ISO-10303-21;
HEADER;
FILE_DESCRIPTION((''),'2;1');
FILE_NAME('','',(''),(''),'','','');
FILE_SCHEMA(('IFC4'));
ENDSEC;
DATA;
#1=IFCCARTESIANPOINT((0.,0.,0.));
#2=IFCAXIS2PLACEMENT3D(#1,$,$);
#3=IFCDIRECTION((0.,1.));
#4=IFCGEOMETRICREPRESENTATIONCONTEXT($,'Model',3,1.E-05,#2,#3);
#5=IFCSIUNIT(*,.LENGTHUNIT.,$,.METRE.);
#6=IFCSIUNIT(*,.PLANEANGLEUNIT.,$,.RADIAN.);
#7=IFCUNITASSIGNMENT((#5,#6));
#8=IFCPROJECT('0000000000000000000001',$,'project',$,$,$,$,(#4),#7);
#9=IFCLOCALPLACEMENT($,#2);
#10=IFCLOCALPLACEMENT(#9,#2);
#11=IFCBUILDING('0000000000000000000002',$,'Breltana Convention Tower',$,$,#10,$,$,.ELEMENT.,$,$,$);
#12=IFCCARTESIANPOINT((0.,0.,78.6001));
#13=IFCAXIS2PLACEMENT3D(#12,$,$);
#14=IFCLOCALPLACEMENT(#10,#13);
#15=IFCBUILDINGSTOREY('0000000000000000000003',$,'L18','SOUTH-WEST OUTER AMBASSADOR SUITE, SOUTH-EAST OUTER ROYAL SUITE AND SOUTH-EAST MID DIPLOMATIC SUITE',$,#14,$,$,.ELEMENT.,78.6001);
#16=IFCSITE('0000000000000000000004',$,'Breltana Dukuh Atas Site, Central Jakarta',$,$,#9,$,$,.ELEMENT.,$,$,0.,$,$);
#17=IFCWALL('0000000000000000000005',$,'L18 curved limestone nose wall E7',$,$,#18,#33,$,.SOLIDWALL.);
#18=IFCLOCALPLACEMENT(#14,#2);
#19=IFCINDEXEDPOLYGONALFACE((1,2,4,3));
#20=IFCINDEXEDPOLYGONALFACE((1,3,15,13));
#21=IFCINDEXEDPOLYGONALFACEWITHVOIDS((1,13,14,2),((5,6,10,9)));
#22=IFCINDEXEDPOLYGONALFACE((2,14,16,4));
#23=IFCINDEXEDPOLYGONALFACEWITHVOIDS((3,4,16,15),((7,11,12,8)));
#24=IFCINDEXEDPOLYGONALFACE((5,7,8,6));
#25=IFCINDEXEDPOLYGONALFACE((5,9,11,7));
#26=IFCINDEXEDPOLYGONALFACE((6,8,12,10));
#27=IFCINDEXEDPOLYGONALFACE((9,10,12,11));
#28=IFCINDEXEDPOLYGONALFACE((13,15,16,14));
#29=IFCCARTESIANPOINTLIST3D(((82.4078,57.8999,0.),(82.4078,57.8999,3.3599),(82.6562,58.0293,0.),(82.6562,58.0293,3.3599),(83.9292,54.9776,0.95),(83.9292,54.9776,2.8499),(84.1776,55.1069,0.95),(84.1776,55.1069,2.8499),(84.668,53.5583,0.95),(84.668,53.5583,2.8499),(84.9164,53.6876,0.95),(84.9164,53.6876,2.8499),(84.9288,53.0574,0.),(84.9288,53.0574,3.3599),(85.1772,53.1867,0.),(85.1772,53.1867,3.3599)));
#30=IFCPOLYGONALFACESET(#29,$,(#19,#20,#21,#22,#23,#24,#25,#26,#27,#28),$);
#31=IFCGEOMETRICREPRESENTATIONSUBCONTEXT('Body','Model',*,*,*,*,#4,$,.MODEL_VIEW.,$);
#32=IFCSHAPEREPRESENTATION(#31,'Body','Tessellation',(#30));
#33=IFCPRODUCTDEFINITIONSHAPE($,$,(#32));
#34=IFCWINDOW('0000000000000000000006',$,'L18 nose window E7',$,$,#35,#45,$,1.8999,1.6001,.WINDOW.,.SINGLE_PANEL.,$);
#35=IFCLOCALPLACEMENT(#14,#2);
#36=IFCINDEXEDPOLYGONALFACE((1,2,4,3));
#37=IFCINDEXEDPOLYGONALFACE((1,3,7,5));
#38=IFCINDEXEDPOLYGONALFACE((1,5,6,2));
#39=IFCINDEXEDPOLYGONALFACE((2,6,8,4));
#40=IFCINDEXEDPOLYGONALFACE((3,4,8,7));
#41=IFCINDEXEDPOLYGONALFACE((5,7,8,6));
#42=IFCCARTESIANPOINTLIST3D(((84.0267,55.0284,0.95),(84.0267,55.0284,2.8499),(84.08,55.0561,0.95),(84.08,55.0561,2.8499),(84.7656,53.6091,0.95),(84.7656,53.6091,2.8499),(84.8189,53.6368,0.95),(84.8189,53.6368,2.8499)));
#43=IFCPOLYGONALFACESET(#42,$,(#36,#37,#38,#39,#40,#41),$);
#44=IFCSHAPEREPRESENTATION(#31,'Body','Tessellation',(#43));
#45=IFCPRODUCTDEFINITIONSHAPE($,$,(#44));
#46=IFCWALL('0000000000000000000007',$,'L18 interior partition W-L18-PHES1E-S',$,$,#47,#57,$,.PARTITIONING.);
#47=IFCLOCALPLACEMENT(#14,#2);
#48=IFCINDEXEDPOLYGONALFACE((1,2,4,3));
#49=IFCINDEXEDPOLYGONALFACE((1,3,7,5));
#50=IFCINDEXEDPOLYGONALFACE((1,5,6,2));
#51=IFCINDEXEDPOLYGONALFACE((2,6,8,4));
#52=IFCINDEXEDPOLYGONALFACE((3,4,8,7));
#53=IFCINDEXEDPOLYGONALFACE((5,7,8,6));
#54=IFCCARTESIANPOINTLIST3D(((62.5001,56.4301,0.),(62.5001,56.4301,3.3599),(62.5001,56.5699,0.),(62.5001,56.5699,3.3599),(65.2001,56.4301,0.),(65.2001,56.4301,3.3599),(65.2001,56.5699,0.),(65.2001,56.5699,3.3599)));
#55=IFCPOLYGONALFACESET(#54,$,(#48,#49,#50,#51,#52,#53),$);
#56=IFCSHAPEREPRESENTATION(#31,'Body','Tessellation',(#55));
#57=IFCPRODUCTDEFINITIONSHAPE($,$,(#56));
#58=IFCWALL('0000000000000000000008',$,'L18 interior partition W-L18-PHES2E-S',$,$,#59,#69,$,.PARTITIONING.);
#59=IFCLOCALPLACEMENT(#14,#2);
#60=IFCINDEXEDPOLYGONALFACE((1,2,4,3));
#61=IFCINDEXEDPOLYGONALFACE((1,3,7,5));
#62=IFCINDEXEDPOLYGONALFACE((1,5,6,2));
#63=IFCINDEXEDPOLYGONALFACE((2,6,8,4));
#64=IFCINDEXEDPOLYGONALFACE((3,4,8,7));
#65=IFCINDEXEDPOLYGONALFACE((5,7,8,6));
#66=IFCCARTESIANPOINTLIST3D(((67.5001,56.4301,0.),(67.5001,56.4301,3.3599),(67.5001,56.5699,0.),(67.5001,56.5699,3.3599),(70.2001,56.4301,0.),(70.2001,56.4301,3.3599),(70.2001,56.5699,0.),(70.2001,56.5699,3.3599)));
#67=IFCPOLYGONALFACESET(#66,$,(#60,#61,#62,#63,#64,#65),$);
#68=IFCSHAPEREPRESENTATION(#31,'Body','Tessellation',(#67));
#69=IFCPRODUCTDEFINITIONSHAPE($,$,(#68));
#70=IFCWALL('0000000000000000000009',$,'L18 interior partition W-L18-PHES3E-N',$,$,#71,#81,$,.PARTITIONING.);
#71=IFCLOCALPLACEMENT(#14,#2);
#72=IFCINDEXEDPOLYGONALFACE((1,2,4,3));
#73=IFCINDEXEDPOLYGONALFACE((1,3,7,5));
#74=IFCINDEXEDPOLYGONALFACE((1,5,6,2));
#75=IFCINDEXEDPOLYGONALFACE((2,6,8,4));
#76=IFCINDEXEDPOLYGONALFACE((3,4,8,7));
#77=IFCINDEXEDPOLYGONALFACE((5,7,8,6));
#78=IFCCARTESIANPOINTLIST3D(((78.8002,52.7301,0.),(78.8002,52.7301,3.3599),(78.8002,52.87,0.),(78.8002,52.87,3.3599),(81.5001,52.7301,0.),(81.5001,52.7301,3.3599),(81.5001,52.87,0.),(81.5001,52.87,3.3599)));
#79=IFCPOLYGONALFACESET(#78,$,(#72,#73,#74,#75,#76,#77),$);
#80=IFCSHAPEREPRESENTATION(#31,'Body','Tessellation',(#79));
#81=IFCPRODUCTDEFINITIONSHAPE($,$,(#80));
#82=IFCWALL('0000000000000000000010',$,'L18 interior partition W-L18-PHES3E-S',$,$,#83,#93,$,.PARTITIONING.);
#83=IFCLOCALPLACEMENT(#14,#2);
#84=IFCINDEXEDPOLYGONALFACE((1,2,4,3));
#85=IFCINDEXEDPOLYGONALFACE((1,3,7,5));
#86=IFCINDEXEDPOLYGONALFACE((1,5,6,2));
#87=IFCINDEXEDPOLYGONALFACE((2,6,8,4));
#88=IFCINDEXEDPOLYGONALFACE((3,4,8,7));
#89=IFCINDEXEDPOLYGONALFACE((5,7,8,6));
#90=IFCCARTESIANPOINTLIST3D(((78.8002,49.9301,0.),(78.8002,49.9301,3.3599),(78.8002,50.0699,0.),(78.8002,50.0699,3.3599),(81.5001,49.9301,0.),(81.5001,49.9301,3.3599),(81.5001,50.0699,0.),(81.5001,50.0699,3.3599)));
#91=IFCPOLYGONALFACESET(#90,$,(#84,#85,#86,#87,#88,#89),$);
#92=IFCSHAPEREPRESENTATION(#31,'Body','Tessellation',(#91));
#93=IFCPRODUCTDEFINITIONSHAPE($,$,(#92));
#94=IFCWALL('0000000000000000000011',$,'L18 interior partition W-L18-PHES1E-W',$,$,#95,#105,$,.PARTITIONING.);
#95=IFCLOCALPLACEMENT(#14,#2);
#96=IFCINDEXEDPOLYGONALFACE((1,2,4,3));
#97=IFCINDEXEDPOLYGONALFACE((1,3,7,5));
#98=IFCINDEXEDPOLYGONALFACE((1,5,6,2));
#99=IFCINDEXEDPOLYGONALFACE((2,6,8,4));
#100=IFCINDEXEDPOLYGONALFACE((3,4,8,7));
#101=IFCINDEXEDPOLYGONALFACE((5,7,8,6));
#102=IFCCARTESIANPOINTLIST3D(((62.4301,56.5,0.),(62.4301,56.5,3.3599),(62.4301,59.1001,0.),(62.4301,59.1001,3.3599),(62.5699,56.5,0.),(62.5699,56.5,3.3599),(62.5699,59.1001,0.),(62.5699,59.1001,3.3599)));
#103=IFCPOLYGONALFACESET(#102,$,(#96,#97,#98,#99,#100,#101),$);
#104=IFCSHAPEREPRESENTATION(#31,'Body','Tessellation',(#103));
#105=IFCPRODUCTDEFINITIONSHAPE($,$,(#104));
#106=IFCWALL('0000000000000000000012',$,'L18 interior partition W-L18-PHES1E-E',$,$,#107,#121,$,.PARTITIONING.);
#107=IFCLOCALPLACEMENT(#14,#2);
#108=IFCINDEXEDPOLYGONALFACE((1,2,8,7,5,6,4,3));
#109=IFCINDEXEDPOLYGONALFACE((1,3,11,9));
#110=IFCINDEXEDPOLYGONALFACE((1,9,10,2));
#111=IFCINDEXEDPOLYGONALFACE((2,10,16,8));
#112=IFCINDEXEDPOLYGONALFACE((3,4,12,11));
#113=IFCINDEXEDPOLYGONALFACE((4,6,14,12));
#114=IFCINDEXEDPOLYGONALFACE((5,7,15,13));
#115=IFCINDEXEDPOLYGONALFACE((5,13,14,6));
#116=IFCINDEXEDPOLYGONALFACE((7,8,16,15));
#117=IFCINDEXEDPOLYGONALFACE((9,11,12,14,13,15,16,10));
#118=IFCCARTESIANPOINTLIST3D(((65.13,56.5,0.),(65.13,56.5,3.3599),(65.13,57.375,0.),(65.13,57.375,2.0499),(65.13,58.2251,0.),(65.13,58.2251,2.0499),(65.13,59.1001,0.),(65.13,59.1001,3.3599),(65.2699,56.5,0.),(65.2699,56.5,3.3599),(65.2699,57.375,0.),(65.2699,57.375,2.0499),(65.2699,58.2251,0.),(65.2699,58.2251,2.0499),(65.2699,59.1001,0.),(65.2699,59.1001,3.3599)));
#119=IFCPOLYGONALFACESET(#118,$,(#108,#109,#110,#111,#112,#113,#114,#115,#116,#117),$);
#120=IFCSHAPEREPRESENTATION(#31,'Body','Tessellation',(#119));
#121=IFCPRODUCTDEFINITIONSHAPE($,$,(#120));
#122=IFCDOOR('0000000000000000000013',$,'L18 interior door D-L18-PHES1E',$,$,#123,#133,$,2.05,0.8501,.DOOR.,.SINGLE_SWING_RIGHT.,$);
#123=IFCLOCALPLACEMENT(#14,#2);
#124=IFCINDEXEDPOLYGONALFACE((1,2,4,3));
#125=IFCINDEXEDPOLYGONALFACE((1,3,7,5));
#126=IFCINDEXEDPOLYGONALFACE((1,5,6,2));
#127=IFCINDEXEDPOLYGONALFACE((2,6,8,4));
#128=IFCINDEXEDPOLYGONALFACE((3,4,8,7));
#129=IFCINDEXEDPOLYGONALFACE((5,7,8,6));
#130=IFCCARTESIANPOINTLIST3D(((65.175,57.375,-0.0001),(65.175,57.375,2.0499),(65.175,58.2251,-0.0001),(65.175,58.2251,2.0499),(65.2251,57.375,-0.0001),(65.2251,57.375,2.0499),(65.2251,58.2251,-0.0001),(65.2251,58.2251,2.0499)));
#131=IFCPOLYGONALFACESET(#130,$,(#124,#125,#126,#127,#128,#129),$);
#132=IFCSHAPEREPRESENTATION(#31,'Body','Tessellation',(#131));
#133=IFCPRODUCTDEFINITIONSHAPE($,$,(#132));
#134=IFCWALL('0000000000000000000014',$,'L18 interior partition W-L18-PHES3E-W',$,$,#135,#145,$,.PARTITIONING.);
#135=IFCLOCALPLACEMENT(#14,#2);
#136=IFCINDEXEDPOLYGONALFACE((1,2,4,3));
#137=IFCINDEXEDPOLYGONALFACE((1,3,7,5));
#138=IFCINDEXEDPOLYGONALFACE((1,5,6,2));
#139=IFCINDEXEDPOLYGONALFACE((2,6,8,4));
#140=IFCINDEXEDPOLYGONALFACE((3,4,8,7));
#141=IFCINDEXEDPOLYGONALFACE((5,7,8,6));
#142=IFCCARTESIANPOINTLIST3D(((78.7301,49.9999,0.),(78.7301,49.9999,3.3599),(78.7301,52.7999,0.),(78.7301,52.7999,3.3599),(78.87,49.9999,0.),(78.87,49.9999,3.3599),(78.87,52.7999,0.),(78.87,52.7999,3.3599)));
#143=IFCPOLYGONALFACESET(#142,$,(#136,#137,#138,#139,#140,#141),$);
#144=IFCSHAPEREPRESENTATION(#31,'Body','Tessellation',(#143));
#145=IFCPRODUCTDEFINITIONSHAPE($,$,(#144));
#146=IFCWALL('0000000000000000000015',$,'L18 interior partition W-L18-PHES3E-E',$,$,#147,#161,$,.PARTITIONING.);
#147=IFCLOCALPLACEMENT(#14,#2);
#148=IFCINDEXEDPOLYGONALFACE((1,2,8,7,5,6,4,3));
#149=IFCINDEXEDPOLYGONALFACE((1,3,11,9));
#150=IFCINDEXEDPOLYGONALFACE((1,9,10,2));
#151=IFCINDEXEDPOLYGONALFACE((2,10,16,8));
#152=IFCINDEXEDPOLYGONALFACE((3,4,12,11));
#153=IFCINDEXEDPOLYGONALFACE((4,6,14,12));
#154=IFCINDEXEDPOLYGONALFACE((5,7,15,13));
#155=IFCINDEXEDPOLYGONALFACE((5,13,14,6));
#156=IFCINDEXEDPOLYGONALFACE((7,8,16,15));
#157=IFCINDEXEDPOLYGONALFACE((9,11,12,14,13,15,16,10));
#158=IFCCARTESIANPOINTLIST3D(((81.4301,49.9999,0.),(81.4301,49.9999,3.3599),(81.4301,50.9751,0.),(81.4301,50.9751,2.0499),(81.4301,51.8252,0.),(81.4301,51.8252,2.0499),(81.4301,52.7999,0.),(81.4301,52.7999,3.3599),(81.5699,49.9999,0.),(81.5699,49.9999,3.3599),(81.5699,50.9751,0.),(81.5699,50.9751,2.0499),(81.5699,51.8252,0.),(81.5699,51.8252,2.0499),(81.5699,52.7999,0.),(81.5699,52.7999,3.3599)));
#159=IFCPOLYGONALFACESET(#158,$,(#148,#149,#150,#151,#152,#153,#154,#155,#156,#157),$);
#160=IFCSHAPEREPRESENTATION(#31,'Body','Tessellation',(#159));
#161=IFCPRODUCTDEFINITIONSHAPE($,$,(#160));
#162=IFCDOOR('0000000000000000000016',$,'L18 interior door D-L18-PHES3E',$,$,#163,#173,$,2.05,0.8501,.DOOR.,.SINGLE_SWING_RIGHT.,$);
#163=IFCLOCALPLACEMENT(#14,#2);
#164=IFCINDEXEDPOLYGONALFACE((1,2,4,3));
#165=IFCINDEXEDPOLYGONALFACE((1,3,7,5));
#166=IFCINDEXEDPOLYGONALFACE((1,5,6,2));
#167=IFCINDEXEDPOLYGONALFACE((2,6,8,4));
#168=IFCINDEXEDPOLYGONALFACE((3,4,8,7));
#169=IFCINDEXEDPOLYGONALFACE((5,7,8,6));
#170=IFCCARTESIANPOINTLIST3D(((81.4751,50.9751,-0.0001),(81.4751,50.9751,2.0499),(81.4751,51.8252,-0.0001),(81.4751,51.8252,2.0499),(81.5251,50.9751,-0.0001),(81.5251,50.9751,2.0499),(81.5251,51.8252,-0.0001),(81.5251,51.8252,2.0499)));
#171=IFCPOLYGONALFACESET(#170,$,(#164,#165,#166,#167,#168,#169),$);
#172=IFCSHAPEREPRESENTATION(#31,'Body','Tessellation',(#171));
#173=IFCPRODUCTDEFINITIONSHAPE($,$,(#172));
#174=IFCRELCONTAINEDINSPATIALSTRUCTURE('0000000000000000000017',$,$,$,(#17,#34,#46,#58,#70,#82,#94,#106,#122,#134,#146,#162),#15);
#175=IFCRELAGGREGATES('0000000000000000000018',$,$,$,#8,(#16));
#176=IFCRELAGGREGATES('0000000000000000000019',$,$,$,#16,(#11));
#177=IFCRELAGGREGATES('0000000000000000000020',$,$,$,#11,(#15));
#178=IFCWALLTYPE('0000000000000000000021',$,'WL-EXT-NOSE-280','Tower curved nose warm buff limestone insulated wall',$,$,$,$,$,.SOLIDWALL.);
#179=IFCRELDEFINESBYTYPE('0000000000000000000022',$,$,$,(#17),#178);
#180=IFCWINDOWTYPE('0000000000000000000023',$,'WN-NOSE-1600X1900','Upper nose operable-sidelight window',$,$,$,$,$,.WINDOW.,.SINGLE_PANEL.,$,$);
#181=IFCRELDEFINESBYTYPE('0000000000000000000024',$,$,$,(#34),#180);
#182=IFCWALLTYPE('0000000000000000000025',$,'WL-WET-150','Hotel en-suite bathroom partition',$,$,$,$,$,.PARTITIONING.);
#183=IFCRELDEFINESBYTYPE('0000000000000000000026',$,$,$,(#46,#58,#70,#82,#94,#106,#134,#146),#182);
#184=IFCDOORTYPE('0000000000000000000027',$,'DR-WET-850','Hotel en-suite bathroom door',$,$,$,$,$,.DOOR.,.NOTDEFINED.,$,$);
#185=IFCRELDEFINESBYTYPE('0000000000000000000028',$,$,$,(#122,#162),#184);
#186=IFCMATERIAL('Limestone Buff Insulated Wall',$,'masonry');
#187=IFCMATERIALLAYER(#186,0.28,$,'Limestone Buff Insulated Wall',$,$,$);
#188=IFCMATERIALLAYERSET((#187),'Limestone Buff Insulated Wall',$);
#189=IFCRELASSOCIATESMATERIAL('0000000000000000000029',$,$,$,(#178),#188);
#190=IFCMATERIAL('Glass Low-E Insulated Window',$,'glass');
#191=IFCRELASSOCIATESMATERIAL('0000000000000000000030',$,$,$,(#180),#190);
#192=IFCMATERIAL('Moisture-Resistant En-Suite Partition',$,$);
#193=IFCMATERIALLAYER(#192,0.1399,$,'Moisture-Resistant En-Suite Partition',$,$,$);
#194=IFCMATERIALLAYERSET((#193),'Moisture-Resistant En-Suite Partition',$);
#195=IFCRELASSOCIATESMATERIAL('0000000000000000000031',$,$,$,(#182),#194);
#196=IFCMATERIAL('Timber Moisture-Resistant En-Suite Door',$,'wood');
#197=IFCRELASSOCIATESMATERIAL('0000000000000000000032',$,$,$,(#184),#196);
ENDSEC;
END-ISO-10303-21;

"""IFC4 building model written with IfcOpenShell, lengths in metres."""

from ifc_helpers import new_model, si_unit, direction, frame, frame_2d, origin, place, context, subcontext, project, spatial, rectangle, extrude, source, transform, mapped, material, layer, layer_set, type_object, type_shapes, element, fill, save


model = new_model("IFC4")

# Units and contexts
model_context = context("Model", 3, precision=1e-05, world=origin(), true_north=direction((0.0, 1.0)))
body_context = subcontext(model_context, "Body", "Model", "MODEL_VIEW")
ifc_project = project(units=[si_unit("LENGTHUNIT", "METRE"), si_unit("PLANEANGLEUNIT", "RADIAN")], contexts=[model_context])

# Site, building, storey
site_placement = place(None, origin())
site = spatial("IfcSite", under=ifc_project, at=site_placement, Name="Breltana Dukuh Atas Site, Central Jakarta", CompositionType="ELEMENT", RefElevation=0.0)
building_placement = place(site_placement, origin())
building = spatial("IfcBuilding", under=site, at=building_placement, Name="Breltana Convention Tower", CompositionType="ELEMENT")
storey_placement = place(building_placement, frame((0.0, 0.0, 78.6001)))
storey = spatial("IfcBuildingStorey", under=building, at=storey_placement, Name="L18", Description="SOUTH-WEST OUTER AMBASSADOR SUITE, SOUTH-EAST OUTER ROYAL SUITE AND SOUTH-EAST MID DIPLOMATIC SUITE", CompositionType="ELEMENT", Elevation=78.6001)

# Wall, opening, window
ifc_material_1 = material(Name="Limestone Buff Insulated Wall", Category="masonry")
ifc_layer_1 = layer(ifc_material_1, 0.28, Name="Limestone Buff Insulated Wall")
ifc_layer_set_1 = layer_set([ifc_layer_1], Name="Limestone Buff Insulated Wall")
wall_type_1 = type_object("IfcWallType", Name="WL-EXT-NOSE-280", Description="Tower curved nose warm buff limestone insulated wall", PredefinedType="SOLIDWALL", material=ifc_layer_set_1)
ifc_material_2 = material(Name="Glass Low-E Insulated Window", Category="glass")
window_type = type_object("IfcWindowType", Name="WN-NOSE-1600X1900", Description="Upper nose operable-sidelight window", PartitioningType="SINGLE_PANEL", PredefinedType="WINDOW", material=ifc_material_2)
shared_shape_1 = source(origin(), body_context, "Body", "SweptSolid", [
    extrude(rectangle(XDim=1.6001, YDim=1.8999, at=frame_2d((0.8, 0.95))), frame((0.0, 0.03, 0.0), z_axis=(0.0, -1.0, 0.0), x_axis=(1.0, 0.0, 0.0)), (0.0, 0.0, 1.0), 0.0601),
])
type_shapes(window_type, [shared_shape_1])
shared_shape_2 = source(origin(), body_context, "Body", "SweptSolid", [
    extrude(rectangle(XDim=5.4595, YDim=0.28, at=frame_2d((2.7297, 0.0))), origin(), (0.0, 0.0, 1.0), 3.3599),
])
wall_1_placement = place(storey_placement, frame((82.532, 57.9646, 0.0), z_axis=(0.0, 0.0, 1.0), x_axis=(0.461768, -0.887001, 0.0)))
wall_1 = element("IfcWall", 1, at=wall_1_placement, inside=storey, type_object=wall_type_1, Name="L18 curved limestone nose wall E7", PredefinedType="SOLIDWALL", context=body_context, shape_type="MappedRepresentation", body=[
    mapped(shared_shape_2, transform((0.0, 0.0, 0.0), scale=1.0)),
])
opening_1_placement = place(wall_1_placement, frame((3.2947, 0.0, 0.95)))
opening_1 = element("IfcOpeningElement", 2, at=opening_1_placement, cuts=wall_1, PredefinedType="OPENING", context=body_context, shape_type="SweptSolid", body=[
    extrude(rectangle(XDim=1.6001, YDim=1.8999, at=frame_2d((0.8, 0.95))), frame((0.0, 0.1499, 0.0), z_axis=(0.0, -1.0, 0.0), x_axis=(1.0, 0.0, 0.0)), (0.0, 0.0, 1.0), 0.3),
])
window_1_placement = place(opening_1_placement, origin())
window_1 = element("IfcWindow", 3, at=window_1_placement, inside=storey, type_object=window_type, Name="L18 nose window E7", OverallHeight=1.8999, OverallWidth=1.6001, PartitioningType="SINGLE_PANEL", PredefinedType="WINDOW", context=body_context, shape_type="MappedRepresentation", body=[
    mapped(shared_shape_1, transform((0.0, 0.0, 0.0), scale=1.0)),
])
fill(opening_1, window_1)

# Walls
ifc_material_3 = material(Name="Moisture-Resistant En-Suite Partition")
ifc_layer_2 = layer(ifc_material_3, 0.1399, Name="Moisture-Resistant En-Suite Partition")
ifc_layer_set_2 = layer_set([ifc_layer_2], Name="Moisture-Resistant En-Suite Partition")
wall_type_2 = type_object("IfcWallType", Name="WL-WET-150", Description="Hotel en-suite bathroom partition", PredefinedType="PARTITIONING", material=ifc_layer_set_2)
shared_shape_3 = source(origin(), body_context, "Body", "SweptSolid", [
    extrude(rectangle(XDim=2.7, YDim=0.1399, at=frame_2d((1.3501, 0.0))), origin(), (0.0, 0.0, 1.0), 3.3599),
])
for number, where, z_axis, x_axis, name in (
    (4, (62.5, 56.5, 0.0), (0.0, 0.0, 1.0), (1.0, 0.0, 0.0), "L18 interior partition W-L18-PHES1E-S"),
    (5, (67.5, 56.5, 0.0), (0.0, 0.0, 1.0), (1.0, 0.0, 0.0), "L18 interior partition W-L18-PHES2E-S"),
    (6, (78.8, 52.8, 0.0), (0.0, 0.0, 1.0), (1.0, 0.0, 0.0), "L18 interior partition W-L18-PHES3E-N"),
    (7, (78.8, 50.0, 0.0), (0.0, 0.0, 1.0), (1.0, 0.0, 0.0), "L18 interior partition W-L18-PHES3E-S"),
):
    element("IfcWall", number, at=place(storey_placement, frame(where, z_axis=z_axis, x_axis=x_axis)), inside=storey, type_object=wall_type_2, Name=name, PredefinedType="PARTITIONING", context=body_context, shape_type="MappedRepresentation", body=[
        mapped(shared_shape_3, transform((0.0, 0.0, 0.0), scale=1.0)),
    ])
shared_shape_4 = source(origin(), body_context, "Body", "SweptSolid", [
    extrude(rectangle(XDim=2.6001, YDim=0.1399, at=frame_2d((1.3, 0.0))), origin(), (0.0, 0.0, 1.0), 3.3599),
])
wall_2_placement = place(storey_placement, frame((62.5, 56.5, 0.0), z_axis=(0.0, 0.0, 1.0), x_axis=(0.0, 1.0, 0.0)))
element("IfcWall", 8, at=wall_2_placement, inside=storey, type_object=wall_type_2, Name="L18 interior partition W-L18-PHES1E-W", PredefinedType="PARTITIONING", context=body_context, shape_type="MappedRepresentation", body=[
    mapped(shared_shape_4, transform((0.0, 0.0, 0.0), scale=1.0)),
])

# Wall, opening, door
wall_3_placement = place(storey_placement, frame((65.2, 56.5, 0.0), z_axis=(0.0, 0.0, 1.0), x_axis=(0.0, 1.0, 0.0)))
wall_3 = element("IfcWall", 9, at=wall_3_placement, inside=storey, type_object=wall_type_2, Name="L18 interior partition W-L18-PHES1E-E", PredefinedType="PARTITIONING", context=body_context, shape_type="MappedRepresentation", body=[
    mapped(shared_shape_4, transform((0.0, 0.0, 0.0), scale=1.0)),
])
opening_2_placement = place(wall_3_placement, frame((0.875, 0.0, 0.0)))
opening_2 = element("IfcOpeningElement", 10, at=opening_2_placement, cuts=wall_3, PredefinedType="OPENING", context=body_context, shape_type="SweptSolid", body=[
    extrude(rectangle(XDim=0.8501, YDim=2.05, at=frame_2d((0.425, 1.0249))), frame((0.0, 0.0801, 0.0), z_axis=(0.0, -1.0, 0.0), x_axis=(1.0, 0.0, 0.0)), (0.0, 0.0, 1.0), 0.1599),
])
ifc_material_4 = material(Name="Timber Moisture-Resistant En-Suite Door", Category="wood")
door_type = type_object("IfcDoorType", Name="DR-WET-850", Description="Hotel en-suite bathroom door", OperationType="NOTDEFINED", PredefinedType="DOOR", material=ifc_material_4)
shared_shape_5 = source(origin(), body_context, "Body", "SweptSolid", [
    extrude(rectangle(XDim=0.8501, YDim=2.05, at=frame_2d((0.425, 1.0249))), frame((0.0, 0.0249, 0.0), z_axis=(0.0, -1.0, 0.0), x_axis=(1.0, 0.0, 0.0)), (0.0, 0.0, 1.0), 0.05),
])
type_shapes(door_type, [shared_shape_5])
door_1_placement = place(opening_2_placement, origin())
door_1 = element("IfcDoor", 11, at=door_1_placement, inside=storey, type_object=door_type, Name="L18 interior door D-L18-PHES1E", OperationType="SINGLE_SWING_RIGHT", OverallHeight=2.05, OverallWidth=0.8501, PredefinedType="DOOR", context=body_context, shape_type="MappedRepresentation", body=[
    mapped(shared_shape_5, transform((0.0, 0.0, 0.0), scale=1.0)),
])
fill(opening_2, door_1)

# Wall
shared_shape_6 = source(origin(), body_context, "Body", "SweptSolid", [
    extrude(rectangle(XDim=2.8, YDim=0.1399, at=frame_2d((1.3999, 0.0))), origin(), (0.0, 0.0, 1.0), 3.3599),
])
wall_4_placement = place(storey_placement, frame((78.8, 50.0, 0.0), z_axis=(0.0, 0.0, 1.0), x_axis=(0.0, 1.0, 0.0)))
element("IfcWall", 12, at=wall_4_placement, inside=storey, type_object=wall_type_2, Name="L18 interior partition W-L18-PHES3E-W", PredefinedType="PARTITIONING", context=body_context, shape_type="MappedRepresentation", body=[
    mapped(shared_shape_6, transform((0.0, 0.0, 0.0), scale=1.0)),
])

# Wall, opening, door
wall_5_placement = place(storey_placement, frame((81.5, 50.0, 0.0), z_axis=(0.0, 0.0, 1.0), x_axis=(0.0, 1.0, 0.0)))
wall_5 = element("IfcWall", 13, at=wall_5_placement, inside=storey, type_object=wall_type_2, Name="L18 interior partition W-L18-PHES3E-E", PredefinedType="PARTITIONING", context=body_context, shape_type="MappedRepresentation", body=[
    mapped(shared_shape_6, transform((0.0, 0.0, 0.0), scale=1.0)),
])
opening_3_placement = place(wall_5_placement, frame((0.9751, 0.0, 0.0)))
opening_3 = element("IfcOpeningElement", 14, at=opening_3_placement, cuts=wall_5, PredefinedType="OPENING", context=body_context, shape_type="SweptSolid", body=[
    extrude(rectangle(XDim=0.8501, YDim=2.05, at=frame_2d((0.425, 1.0249))), frame((0.0, 0.0801, 0.0), z_axis=(0.0, -1.0, 0.0), x_axis=(1.0, 0.0, 0.0)), (0.0, 0.0, 1.0), 0.1599),
])
door_2_placement = place(opening_3_placement, origin())
door_2 = element("IfcDoor", 15, at=door_2_placement, inside=storey, type_object=door_type, Name="L18 interior door D-L18-PHES3E", OperationType="SINGLE_SWING_RIGHT", OverallHeight=2.05, OverallWidth=0.8501, PredefinedType="DOOR", context=body_context, shape_type="MappedRepresentation", body=[
    mapped(shared_shape_5, transform((0.0, 0.0, 0.0), scale=1.0)),
])
fill(opening_3, door_2)

save(model, "model.ifc")
